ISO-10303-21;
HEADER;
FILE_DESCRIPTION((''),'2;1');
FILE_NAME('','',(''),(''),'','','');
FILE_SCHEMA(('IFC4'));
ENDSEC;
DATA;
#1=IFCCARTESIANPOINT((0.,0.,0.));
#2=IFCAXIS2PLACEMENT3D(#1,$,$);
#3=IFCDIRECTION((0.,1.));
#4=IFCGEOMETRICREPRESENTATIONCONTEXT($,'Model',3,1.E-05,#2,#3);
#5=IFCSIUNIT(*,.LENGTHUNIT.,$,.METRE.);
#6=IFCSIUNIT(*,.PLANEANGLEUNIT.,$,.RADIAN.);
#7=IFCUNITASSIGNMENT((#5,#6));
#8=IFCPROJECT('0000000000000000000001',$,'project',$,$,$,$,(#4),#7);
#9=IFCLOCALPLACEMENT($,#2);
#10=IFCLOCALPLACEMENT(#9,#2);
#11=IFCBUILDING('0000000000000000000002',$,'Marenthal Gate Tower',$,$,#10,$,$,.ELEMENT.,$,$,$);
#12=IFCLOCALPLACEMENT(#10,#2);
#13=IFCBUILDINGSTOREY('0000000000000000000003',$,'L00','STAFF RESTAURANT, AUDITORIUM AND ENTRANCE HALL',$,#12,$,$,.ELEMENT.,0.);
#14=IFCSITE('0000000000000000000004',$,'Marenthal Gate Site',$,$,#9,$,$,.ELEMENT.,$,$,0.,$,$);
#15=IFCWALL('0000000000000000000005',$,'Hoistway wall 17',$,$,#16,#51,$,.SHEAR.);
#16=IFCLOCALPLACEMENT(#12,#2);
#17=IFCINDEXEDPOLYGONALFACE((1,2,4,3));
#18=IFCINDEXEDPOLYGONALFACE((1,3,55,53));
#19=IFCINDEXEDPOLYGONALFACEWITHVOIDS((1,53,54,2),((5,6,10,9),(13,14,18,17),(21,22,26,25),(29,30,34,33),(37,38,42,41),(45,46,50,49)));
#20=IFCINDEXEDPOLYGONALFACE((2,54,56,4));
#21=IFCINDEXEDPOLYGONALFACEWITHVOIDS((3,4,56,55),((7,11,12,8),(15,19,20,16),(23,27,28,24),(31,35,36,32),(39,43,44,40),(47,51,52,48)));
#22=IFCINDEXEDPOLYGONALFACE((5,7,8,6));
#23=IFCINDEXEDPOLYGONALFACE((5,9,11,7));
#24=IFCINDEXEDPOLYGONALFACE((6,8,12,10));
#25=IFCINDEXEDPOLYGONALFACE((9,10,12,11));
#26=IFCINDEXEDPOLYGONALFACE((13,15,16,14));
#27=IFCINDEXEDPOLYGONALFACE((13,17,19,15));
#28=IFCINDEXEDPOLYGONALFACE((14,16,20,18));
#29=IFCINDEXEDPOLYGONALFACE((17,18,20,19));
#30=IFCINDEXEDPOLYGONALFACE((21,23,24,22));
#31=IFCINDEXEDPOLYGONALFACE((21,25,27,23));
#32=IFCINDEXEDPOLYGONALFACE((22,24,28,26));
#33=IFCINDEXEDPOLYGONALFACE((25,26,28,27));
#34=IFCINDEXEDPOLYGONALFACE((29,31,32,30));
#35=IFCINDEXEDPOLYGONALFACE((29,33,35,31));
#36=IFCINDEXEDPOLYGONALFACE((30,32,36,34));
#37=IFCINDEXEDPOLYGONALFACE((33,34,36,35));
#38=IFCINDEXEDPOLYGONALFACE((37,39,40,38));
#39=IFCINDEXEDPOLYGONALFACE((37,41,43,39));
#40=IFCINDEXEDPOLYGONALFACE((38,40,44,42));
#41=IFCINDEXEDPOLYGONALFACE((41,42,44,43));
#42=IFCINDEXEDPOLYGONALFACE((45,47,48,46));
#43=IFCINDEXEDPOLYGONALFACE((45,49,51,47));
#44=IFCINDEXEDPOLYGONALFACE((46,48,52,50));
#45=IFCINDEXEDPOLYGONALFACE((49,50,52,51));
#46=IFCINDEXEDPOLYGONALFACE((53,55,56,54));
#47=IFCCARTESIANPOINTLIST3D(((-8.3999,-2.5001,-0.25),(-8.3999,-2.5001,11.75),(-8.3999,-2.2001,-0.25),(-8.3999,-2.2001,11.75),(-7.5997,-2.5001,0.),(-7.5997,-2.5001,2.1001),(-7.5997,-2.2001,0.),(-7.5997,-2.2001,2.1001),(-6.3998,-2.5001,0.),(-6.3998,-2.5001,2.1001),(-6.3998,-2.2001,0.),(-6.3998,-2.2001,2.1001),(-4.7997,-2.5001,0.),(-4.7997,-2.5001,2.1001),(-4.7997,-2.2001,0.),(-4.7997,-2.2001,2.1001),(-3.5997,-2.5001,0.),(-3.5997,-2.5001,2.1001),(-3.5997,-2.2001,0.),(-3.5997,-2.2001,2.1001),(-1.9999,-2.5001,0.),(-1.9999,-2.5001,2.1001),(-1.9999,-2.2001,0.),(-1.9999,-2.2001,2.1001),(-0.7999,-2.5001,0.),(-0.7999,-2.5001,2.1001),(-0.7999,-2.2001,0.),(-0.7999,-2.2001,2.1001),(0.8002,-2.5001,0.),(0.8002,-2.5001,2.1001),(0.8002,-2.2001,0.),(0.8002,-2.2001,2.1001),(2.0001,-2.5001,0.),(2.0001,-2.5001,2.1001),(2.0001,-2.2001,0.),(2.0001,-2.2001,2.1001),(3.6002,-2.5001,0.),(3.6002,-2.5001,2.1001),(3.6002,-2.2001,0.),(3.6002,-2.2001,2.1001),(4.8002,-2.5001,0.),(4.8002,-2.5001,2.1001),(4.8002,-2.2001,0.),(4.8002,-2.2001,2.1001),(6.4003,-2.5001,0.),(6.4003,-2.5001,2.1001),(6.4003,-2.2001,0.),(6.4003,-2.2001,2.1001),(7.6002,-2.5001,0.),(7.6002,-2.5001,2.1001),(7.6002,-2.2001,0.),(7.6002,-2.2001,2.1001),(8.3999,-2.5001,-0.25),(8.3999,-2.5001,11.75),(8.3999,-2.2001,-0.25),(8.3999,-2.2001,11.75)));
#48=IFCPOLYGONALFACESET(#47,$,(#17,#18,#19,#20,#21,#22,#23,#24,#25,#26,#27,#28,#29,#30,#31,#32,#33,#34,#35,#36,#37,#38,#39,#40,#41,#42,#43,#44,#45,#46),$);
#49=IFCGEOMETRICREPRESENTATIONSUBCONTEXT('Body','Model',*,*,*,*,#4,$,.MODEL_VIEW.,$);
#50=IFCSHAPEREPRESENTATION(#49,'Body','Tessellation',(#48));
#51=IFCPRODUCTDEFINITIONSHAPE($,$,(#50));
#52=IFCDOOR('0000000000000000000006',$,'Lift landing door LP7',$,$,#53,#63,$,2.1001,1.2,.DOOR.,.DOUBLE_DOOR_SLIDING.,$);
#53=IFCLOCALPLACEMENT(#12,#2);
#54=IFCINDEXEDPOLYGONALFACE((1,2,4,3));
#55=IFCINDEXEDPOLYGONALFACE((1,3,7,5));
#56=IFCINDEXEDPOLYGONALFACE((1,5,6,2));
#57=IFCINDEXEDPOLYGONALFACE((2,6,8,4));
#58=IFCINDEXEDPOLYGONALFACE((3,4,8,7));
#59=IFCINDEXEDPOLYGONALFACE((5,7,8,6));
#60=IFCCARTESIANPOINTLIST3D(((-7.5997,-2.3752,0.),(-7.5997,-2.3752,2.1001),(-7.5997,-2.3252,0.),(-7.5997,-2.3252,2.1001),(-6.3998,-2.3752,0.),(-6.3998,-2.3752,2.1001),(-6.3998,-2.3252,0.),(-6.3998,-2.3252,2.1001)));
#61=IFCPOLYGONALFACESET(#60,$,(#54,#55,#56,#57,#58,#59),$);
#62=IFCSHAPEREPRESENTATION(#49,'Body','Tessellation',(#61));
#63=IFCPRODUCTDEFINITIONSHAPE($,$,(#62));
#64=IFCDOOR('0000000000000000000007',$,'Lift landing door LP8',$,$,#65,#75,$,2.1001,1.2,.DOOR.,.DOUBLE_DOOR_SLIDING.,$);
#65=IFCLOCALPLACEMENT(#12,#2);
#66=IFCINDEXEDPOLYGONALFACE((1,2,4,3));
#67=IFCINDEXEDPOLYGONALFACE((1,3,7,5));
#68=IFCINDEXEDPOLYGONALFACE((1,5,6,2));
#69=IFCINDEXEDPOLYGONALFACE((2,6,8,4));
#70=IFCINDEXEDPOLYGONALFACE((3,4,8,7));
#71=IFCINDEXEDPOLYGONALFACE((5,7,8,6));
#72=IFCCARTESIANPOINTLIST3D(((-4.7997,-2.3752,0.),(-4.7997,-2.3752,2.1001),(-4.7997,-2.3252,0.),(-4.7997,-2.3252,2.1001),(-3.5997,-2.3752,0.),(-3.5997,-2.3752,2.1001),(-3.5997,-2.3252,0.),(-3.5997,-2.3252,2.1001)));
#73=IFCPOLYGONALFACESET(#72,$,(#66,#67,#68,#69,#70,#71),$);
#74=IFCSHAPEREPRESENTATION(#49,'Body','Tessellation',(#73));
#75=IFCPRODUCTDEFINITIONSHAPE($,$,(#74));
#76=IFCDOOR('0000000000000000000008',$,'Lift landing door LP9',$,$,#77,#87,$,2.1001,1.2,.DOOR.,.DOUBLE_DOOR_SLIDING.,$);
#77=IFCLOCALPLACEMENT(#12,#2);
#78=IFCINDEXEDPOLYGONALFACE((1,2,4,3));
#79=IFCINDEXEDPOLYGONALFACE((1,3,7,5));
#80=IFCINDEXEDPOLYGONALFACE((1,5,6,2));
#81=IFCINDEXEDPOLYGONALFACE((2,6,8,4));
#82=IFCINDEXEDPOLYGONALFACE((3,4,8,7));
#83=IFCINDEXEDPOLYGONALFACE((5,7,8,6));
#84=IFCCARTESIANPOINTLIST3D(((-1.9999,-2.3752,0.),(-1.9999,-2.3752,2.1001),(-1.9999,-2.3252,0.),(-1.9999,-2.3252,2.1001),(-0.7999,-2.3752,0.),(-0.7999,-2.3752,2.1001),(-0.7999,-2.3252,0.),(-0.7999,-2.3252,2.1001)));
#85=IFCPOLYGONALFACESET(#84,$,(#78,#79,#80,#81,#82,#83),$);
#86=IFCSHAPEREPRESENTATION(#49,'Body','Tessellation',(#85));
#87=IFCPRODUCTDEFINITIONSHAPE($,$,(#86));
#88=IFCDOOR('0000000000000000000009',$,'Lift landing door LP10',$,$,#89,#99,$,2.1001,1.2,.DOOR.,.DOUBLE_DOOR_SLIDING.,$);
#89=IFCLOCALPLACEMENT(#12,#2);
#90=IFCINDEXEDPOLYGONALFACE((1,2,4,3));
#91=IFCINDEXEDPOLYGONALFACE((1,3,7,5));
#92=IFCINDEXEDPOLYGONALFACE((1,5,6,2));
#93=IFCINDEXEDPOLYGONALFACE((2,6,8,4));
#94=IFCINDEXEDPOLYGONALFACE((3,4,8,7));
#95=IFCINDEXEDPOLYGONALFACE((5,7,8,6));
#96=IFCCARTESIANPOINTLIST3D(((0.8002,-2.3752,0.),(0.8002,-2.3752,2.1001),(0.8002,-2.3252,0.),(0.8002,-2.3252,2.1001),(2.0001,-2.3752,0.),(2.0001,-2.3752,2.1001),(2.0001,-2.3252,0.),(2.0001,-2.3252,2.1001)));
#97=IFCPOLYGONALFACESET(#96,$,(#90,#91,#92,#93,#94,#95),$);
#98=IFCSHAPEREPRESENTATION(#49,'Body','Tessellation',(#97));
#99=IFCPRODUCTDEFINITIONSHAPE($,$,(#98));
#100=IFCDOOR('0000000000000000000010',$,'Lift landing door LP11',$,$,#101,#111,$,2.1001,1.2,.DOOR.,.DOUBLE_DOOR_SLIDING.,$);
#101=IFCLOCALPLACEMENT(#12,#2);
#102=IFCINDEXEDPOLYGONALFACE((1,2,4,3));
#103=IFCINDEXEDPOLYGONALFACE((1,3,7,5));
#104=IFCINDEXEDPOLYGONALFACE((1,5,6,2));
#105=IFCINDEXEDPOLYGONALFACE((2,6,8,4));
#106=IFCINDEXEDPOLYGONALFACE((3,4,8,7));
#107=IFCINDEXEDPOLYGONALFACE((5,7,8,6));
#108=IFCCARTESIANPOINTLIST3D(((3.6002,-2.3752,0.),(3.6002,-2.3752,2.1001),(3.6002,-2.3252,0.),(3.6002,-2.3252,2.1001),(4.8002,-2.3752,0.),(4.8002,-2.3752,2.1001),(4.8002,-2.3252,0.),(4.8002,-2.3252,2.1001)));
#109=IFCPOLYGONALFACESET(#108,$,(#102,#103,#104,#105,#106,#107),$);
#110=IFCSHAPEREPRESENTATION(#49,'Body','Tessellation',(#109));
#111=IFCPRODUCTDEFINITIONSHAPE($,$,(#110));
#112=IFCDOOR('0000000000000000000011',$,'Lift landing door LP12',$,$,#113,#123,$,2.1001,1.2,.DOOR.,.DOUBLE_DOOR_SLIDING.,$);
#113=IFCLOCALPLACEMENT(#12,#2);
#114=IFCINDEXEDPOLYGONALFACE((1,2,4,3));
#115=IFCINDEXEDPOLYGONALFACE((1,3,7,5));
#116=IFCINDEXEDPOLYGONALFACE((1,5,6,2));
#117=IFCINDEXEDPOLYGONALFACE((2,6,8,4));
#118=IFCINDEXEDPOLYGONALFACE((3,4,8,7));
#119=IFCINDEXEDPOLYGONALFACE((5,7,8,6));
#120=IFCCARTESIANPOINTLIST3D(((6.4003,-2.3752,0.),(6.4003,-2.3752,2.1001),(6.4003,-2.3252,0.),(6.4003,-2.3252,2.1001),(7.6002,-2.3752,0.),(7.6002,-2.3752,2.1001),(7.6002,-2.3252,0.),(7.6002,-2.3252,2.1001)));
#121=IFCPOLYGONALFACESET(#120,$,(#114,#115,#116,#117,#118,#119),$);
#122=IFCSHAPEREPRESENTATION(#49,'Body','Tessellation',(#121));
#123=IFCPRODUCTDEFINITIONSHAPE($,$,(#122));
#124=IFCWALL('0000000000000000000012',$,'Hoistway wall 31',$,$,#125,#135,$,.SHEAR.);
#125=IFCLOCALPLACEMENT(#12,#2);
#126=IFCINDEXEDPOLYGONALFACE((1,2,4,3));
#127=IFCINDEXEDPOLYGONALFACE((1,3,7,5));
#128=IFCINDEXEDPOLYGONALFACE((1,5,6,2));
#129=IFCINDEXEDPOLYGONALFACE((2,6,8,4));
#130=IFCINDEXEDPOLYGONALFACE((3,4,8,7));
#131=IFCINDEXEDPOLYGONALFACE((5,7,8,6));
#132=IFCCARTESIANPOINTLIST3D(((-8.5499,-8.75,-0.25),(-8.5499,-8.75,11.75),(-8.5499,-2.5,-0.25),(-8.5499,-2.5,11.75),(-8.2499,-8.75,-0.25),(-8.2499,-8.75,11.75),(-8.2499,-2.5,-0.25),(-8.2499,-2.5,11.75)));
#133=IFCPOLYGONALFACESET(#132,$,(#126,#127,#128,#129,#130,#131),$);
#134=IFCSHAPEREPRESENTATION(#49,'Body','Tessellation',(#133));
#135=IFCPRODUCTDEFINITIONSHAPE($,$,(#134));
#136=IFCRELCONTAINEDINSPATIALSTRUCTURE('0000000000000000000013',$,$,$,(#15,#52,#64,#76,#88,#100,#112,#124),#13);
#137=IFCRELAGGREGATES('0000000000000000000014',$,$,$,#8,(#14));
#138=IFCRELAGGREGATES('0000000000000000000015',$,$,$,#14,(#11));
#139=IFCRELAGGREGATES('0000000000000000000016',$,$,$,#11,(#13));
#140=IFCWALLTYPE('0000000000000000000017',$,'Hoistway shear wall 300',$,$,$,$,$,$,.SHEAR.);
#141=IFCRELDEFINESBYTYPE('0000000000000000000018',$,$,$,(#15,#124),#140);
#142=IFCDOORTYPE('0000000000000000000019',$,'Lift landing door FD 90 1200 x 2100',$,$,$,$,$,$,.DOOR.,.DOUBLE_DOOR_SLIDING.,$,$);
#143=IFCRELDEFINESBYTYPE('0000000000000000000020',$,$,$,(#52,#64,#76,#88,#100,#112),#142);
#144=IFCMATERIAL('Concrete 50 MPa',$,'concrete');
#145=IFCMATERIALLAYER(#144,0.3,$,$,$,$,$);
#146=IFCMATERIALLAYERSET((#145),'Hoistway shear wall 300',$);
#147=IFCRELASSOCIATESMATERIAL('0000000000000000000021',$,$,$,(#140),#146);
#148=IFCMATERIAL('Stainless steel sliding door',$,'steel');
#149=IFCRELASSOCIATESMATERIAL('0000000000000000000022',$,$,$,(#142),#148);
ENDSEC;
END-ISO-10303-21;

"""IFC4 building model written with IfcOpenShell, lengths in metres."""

from ifc_helpers import new_model, si_unit, direction, frame, frame_2d, origin, place, context, subcontext, project, spatial, rectangle, extrude, material, layer, layer_set, type_object, element, fill, save


model = new_model("IFC4")

# Units and contexts
model_context = context("Model", 3, precision=1e-05, world=origin(), true_north=direction((0.0, 1.0)))
body_context = subcontext(model_context, "Body", "Model", "MODEL_VIEW")
ifc_project = project(units=[si_unit("LENGTHUNIT", "METRE"), si_unit("PLANEANGLEUNIT", "RADIAN")], contexts=[model_context])

# Site, building, storey
site_placement = place(None, origin())
site = spatial("IfcSite", under=ifc_project, at=site_placement, Name="Marenthal Gate Site", CompositionType="ELEMENT", RefElevation=0.0)
building_placement = place(site_placement, origin())
building = spatial("IfcBuilding", under=site, at=building_placement, Name="Marenthal Gate Tower", CompositionType="ELEMENT")
storey_placement = place(building_placement, origin())
storey = spatial("IfcBuildingStorey", under=building, at=storey_placement, Name="L00", Description="STAFF RESTAURANT, AUDITORIUM AND ENTRANCE HALL", CompositionType="ELEMENT", Elevation=0.0)

# Wall, openings, doors
ifc_material_1 = material(Name="Concrete 50 MPa", Category="concrete")
ifc_layer_1 = layer(ifc_material_1, 0.3)
ifc_layer_set_1 = layer_set([ifc_layer_1], Name="Hoistway shear wall 300")
wall_type_1 = type_object("IfcWallType", Name="Hoistway shear wall 300", PredefinedType="SHEAR", material=ifc_layer_set_1)
wall_1_placement = place(storey_placement, frame((-8.3999, -2.3501, -0.25), z_axis=(0.0, 0.0, 1.0), x_axis=(1.0, 0.0, 0.0)))
wall_1 = element("IfcWall", 1, at=wall_1_placement, inside=storey, type_object=wall_type_1, Name="Hoistway wall 17", PredefinedType="SHEAR", context=body_context, shape_type="SweptSolid", body=[
    extrude(rectangle(XDim=16.7998, YDim=0.3, at=frame_2d((8.3999, 0.0))), origin(), (0.0, 0.0, 1.0), 12.0),
])
opening_1_placement = place(wall_1_placement, frame((0.8, 0.0, 0.25)))
opening_1 = element("IfcOpeningElement", 2, at=opening_1_placement, cuts=wall_1, PredefinedType="OPENING", context=body_context, shape_type="SweptSolid", body=[
    extrude(rectangle(XDim=1.2, YDim=2.1001, at=frame_2d((0.6001, 1.05))), frame((0.0, 0.1602, 0.0), z_axis=(0.0, -1.0, 0.0), x_axis=(1.0, 0.0, 0.0)), (0.0, 0.0, 1.0), 0.3201),
])
opening_2_placement = place(wall_1_placement, frame((3.6001, 0.0, 0.25)))
opening_2 = element("IfcOpeningElement", 3, at=opening_2_placement, cuts=wall_1, PredefinedType="OPENING", context=body_context, shape_type="SweptSolid", body=[
    extrude(rectangle(XDim=1.2, YDim=2.1001, at=frame_2d((0.6001, 1.05))), frame((0.0, 0.1602, 0.0), z_axis=(0.0, -1.0, 0.0), x_axis=(1.0, 0.0, 0.0)), (0.0, 0.0, 1.0), 0.3201),
])
opening_3_placement = place(wall_1_placement, frame((6.3999, 0.0, 0.25)))
opening_3 = element("IfcOpeningElement", 4, at=opening_3_placement, cuts=wall_1, PredefinedType="OPENING", context=body_context, shape_type="SweptSolid", body=[
    extrude(rectangle(XDim=1.2, YDim=2.1001, at=frame_2d((0.6001, 1.05))), frame((0.0, 0.1602, 0.0), z_axis=(0.0, -1.0, 0.0), x_axis=(1.0, 0.0, 0.0)), (0.0, 0.0, 1.0), 0.3201),
])
opening_4_placement = place(wall_1_placement, frame((9.2, 0.0, 0.25)))
opening_4 = element("IfcOpeningElement", 5, at=opening_4_placement, cuts=wall_1, PredefinedType="OPENING", context=body_context, shape_type="SweptSolid", body=[
    extrude(rectangle(XDim=1.2, YDim=2.1001, at=frame_2d((0.6001, 1.05))), frame((0.0, 0.1602, 0.0), z_axis=(0.0, -1.0, 0.0), x_axis=(1.0, 0.0, 0.0)), (0.0, 0.0, 1.0), 0.3201),
])
opening_5_placement = place(wall_1_placement, frame((12.0, 0.0, 0.25)))
opening_5 = element("IfcOpeningElement", 6, at=opening_5_placement, cuts=wall_1, PredefinedType="OPENING", context=body_context, shape_type="SweptSolid", body=[
    extrude(rectangle(XDim=1.2, YDim=2.1001, at=frame_2d((0.6001, 1.05))), frame((0.0, 0.1602, 0.0), z_axis=(0.0, -1.0, 0.0), x_axis=(1.0, 0.0, 0.0)), (0.0, 0.0, 1.0), 0.3201),
])
opening_6_placement = place(wall_1_placement, frame((14.8, 0.0, 0.25)))
opening_6 = element("IfcOpeningElement", 7, at=opening_6_placement, cuts=wall_1, PredefinedType="OPENING", context=body_context, shape_type="SweptSolid", body=[
    extrude(rectangle(XDim=1.2, YDim=2.1001, at=frame_2d((0.6001, 1.05))), frame((0.0, 0.1602, 0.0), z_axis=(0.0, -1.0, 0.0), x_axis=(1.0, 0.0, 0.0)), (0.0, 0.0, 1.0), 0.3201),
])
ifc_material_2 = material(Name="Stainless steel sliding door", Category="steel")
door_type_1 = type_object("IfcDoorType", Name="Lift landing door FD 90 1200 x 2100", OperationType="DOUBLE_DOOR_SLIDING", PredefinedType="DOOR", material=ifc_material_2)
door_1_placement = place(opening_1_placement, origin())
door_1 = element("IfcDoor", 8, at=door_1_placement, inside=storey, type_object=door_type_1, Name="Lift landing door LP7", OperationType="DOUBLE_DOOR_SLIDING", OverallHeight=2.1001, OverallWidth=1.2, PredefinedType="DOOR", context=body_context, shape_type="SweptSolid", body=[
    extrude(rectangle(XDim=1.2, YDim=2.1001, at=frame_2d((0.6001, 1.05))), frame((0.0, 0.0249, 0.0), z_axis=(0.0, -1.0, 0.0), x_axis=(1.0, 0.0, 0.0)), (0.0, 0.0, 1.0), 0.05),
])
fill(opening_1, door_1)
door_2_placement = place(opening_2_placement, origin())
door_2 = element("IfcDoor", 9, at=door_2_placement, inside=storey, type_object=door_type_1, Name="Lift landing door LP8", OperationType="DOUBLE_DOOR_SLIDING", OverallHeight=2.1001, OverallWidth=1.2, PredefinedType="DOOR", context=body_context, shape_type="SweptSolid", body=[
    extrude(rectangle(XDim=1.2, YDim=2.1001, at=frame_2d((0.6001, 1.05))), frame((0.0, 0.0249, 0.0), z_axis=(0.0, -1.0, 0.0), x_axis=(1.0, 0.0, 0.0)), (0.0, 0.0, 1.0), 0.05),
])
fill(opening_2, door_2)
door_3_placement = place(opening_3_placement, origin())
door_3 = element("IfcDoor", 10, at=door_3_placement, inside=storey, type_object=door_type_1, Name="Lift landing door LP9", OperationType="DOUBLE_DOOR_SLIDING", OverallHeight=2.1001, OverallWidth=1.2, PredefinedType="DOOR", context=body_context, shape_type="SweptSolid", body=[
    extrude(rectangle(XDim=1.2, YDim=2.1001, at=frame_2d((0.6001, 1.05))), frame((0.0, 0.0249, 0.0), z_axis=(0.0, -1.0, 0.0), x_axis=(1.0, 0.0, 0.0)), (0.0, 0.0, 1.0), 0.05),
])
fill(opening_3, door_3)
door_4_placement = place(opening_4_placement, origin())
door_4 = element("IfcDoor", 11, at=door_4_placement, inside=storey, type_object=door_type_1, Name="Lift landing door LP10", OperationType="DOUBLE_DOOR_SLIDING", OverallHeight=2.1001, OverallWidth=1.2, PredefinedType="DOOR", context=body_context, shape_type="SweptSolid", body=[
    extrude(rectangle(XDim=1.2, YDim=2.1001, at=frame_2d((0.6001, 1.05))), frame((0.0, 0.0249, 0.0), z_axis=(0.0, -1.0, 0.0), x_axis=(1.0, 0.0, 0.0)), (0.0, 0.0, 1.0), 0.05),
])
fill(opening_4, door_4)
door_5_placement = place(opening_5_placement, origin())
door_5 = element("IfcDoor", 12, at=door_5_placement, inside=storey, type_object=door_type_1, Name="Lift landing door LP11", OperationType="DOUBLE_DOOR_SLIDING", OverallHeight=2.1001, OverallWidth=1.2, PredefinedType="DOOR", context=body_context, shape_type="SweptSolid", body=[
    extrude(rectangle(XDim=1.2, YDim=2.1001, at=frame_2d((0.6001, 1.05))), frame((0.0, 0.0249, 0.0), z_axis=(0.0, -1.0, 0.0), x_axis=(1.0, 0.0, 0.0)), (0.0, 0.0, 1.0), 0.05),
])
fill(opening_5, door_5)
door_6_placement = place(opening_6_placement, origin())
door_6 = element("IfcDoor", 13, at=door_6_placement, inside=storey, type_object=door_type_1, Name="Lift landing door LP12", OperationType="DOUBLE_DOOR_SLIDING", OverallHeight=2.1001, OverallWidth=1.2, PredefinedType="DOOR", context=body_context, shape_type="SweptSolid", body=[
    extrude(rectangle(XDim=1.2, YDim=2.1001, at=frame_2d((0.6001, 1.05))), frame((0.0, 0.0249, 0.0), z_axis=(0.0, -1.0, 0.0), x_axis=(1.0, 0.0, 0.0)), (0.0, 0.0, 1.0), 0.05),
])
fill(opening_6, door_6)

# Wall
wall_2_placement = place(storey_placement, frame((-8.3999, -8.75, -0.25), z_axis=(0.0, 0.0, 1.0), x_axis=(0.0, 1.0, 0.0)))
element("IfcWall", 14, at=wall_2_placement, inside=storey, type_object=wall_type_1, Name="Hoistway wall 31", PredefinedType="SHEAR", context=body_context, shape_type="SweptSolid", body=[
    extrude(rectangle(XDim=6.25, YDim=0.3, at=frame_2d((3.125, 0.0))), origin(), (0.0, 0.0, 1.0), 12.0),
])

save(model, "model.ifc")
